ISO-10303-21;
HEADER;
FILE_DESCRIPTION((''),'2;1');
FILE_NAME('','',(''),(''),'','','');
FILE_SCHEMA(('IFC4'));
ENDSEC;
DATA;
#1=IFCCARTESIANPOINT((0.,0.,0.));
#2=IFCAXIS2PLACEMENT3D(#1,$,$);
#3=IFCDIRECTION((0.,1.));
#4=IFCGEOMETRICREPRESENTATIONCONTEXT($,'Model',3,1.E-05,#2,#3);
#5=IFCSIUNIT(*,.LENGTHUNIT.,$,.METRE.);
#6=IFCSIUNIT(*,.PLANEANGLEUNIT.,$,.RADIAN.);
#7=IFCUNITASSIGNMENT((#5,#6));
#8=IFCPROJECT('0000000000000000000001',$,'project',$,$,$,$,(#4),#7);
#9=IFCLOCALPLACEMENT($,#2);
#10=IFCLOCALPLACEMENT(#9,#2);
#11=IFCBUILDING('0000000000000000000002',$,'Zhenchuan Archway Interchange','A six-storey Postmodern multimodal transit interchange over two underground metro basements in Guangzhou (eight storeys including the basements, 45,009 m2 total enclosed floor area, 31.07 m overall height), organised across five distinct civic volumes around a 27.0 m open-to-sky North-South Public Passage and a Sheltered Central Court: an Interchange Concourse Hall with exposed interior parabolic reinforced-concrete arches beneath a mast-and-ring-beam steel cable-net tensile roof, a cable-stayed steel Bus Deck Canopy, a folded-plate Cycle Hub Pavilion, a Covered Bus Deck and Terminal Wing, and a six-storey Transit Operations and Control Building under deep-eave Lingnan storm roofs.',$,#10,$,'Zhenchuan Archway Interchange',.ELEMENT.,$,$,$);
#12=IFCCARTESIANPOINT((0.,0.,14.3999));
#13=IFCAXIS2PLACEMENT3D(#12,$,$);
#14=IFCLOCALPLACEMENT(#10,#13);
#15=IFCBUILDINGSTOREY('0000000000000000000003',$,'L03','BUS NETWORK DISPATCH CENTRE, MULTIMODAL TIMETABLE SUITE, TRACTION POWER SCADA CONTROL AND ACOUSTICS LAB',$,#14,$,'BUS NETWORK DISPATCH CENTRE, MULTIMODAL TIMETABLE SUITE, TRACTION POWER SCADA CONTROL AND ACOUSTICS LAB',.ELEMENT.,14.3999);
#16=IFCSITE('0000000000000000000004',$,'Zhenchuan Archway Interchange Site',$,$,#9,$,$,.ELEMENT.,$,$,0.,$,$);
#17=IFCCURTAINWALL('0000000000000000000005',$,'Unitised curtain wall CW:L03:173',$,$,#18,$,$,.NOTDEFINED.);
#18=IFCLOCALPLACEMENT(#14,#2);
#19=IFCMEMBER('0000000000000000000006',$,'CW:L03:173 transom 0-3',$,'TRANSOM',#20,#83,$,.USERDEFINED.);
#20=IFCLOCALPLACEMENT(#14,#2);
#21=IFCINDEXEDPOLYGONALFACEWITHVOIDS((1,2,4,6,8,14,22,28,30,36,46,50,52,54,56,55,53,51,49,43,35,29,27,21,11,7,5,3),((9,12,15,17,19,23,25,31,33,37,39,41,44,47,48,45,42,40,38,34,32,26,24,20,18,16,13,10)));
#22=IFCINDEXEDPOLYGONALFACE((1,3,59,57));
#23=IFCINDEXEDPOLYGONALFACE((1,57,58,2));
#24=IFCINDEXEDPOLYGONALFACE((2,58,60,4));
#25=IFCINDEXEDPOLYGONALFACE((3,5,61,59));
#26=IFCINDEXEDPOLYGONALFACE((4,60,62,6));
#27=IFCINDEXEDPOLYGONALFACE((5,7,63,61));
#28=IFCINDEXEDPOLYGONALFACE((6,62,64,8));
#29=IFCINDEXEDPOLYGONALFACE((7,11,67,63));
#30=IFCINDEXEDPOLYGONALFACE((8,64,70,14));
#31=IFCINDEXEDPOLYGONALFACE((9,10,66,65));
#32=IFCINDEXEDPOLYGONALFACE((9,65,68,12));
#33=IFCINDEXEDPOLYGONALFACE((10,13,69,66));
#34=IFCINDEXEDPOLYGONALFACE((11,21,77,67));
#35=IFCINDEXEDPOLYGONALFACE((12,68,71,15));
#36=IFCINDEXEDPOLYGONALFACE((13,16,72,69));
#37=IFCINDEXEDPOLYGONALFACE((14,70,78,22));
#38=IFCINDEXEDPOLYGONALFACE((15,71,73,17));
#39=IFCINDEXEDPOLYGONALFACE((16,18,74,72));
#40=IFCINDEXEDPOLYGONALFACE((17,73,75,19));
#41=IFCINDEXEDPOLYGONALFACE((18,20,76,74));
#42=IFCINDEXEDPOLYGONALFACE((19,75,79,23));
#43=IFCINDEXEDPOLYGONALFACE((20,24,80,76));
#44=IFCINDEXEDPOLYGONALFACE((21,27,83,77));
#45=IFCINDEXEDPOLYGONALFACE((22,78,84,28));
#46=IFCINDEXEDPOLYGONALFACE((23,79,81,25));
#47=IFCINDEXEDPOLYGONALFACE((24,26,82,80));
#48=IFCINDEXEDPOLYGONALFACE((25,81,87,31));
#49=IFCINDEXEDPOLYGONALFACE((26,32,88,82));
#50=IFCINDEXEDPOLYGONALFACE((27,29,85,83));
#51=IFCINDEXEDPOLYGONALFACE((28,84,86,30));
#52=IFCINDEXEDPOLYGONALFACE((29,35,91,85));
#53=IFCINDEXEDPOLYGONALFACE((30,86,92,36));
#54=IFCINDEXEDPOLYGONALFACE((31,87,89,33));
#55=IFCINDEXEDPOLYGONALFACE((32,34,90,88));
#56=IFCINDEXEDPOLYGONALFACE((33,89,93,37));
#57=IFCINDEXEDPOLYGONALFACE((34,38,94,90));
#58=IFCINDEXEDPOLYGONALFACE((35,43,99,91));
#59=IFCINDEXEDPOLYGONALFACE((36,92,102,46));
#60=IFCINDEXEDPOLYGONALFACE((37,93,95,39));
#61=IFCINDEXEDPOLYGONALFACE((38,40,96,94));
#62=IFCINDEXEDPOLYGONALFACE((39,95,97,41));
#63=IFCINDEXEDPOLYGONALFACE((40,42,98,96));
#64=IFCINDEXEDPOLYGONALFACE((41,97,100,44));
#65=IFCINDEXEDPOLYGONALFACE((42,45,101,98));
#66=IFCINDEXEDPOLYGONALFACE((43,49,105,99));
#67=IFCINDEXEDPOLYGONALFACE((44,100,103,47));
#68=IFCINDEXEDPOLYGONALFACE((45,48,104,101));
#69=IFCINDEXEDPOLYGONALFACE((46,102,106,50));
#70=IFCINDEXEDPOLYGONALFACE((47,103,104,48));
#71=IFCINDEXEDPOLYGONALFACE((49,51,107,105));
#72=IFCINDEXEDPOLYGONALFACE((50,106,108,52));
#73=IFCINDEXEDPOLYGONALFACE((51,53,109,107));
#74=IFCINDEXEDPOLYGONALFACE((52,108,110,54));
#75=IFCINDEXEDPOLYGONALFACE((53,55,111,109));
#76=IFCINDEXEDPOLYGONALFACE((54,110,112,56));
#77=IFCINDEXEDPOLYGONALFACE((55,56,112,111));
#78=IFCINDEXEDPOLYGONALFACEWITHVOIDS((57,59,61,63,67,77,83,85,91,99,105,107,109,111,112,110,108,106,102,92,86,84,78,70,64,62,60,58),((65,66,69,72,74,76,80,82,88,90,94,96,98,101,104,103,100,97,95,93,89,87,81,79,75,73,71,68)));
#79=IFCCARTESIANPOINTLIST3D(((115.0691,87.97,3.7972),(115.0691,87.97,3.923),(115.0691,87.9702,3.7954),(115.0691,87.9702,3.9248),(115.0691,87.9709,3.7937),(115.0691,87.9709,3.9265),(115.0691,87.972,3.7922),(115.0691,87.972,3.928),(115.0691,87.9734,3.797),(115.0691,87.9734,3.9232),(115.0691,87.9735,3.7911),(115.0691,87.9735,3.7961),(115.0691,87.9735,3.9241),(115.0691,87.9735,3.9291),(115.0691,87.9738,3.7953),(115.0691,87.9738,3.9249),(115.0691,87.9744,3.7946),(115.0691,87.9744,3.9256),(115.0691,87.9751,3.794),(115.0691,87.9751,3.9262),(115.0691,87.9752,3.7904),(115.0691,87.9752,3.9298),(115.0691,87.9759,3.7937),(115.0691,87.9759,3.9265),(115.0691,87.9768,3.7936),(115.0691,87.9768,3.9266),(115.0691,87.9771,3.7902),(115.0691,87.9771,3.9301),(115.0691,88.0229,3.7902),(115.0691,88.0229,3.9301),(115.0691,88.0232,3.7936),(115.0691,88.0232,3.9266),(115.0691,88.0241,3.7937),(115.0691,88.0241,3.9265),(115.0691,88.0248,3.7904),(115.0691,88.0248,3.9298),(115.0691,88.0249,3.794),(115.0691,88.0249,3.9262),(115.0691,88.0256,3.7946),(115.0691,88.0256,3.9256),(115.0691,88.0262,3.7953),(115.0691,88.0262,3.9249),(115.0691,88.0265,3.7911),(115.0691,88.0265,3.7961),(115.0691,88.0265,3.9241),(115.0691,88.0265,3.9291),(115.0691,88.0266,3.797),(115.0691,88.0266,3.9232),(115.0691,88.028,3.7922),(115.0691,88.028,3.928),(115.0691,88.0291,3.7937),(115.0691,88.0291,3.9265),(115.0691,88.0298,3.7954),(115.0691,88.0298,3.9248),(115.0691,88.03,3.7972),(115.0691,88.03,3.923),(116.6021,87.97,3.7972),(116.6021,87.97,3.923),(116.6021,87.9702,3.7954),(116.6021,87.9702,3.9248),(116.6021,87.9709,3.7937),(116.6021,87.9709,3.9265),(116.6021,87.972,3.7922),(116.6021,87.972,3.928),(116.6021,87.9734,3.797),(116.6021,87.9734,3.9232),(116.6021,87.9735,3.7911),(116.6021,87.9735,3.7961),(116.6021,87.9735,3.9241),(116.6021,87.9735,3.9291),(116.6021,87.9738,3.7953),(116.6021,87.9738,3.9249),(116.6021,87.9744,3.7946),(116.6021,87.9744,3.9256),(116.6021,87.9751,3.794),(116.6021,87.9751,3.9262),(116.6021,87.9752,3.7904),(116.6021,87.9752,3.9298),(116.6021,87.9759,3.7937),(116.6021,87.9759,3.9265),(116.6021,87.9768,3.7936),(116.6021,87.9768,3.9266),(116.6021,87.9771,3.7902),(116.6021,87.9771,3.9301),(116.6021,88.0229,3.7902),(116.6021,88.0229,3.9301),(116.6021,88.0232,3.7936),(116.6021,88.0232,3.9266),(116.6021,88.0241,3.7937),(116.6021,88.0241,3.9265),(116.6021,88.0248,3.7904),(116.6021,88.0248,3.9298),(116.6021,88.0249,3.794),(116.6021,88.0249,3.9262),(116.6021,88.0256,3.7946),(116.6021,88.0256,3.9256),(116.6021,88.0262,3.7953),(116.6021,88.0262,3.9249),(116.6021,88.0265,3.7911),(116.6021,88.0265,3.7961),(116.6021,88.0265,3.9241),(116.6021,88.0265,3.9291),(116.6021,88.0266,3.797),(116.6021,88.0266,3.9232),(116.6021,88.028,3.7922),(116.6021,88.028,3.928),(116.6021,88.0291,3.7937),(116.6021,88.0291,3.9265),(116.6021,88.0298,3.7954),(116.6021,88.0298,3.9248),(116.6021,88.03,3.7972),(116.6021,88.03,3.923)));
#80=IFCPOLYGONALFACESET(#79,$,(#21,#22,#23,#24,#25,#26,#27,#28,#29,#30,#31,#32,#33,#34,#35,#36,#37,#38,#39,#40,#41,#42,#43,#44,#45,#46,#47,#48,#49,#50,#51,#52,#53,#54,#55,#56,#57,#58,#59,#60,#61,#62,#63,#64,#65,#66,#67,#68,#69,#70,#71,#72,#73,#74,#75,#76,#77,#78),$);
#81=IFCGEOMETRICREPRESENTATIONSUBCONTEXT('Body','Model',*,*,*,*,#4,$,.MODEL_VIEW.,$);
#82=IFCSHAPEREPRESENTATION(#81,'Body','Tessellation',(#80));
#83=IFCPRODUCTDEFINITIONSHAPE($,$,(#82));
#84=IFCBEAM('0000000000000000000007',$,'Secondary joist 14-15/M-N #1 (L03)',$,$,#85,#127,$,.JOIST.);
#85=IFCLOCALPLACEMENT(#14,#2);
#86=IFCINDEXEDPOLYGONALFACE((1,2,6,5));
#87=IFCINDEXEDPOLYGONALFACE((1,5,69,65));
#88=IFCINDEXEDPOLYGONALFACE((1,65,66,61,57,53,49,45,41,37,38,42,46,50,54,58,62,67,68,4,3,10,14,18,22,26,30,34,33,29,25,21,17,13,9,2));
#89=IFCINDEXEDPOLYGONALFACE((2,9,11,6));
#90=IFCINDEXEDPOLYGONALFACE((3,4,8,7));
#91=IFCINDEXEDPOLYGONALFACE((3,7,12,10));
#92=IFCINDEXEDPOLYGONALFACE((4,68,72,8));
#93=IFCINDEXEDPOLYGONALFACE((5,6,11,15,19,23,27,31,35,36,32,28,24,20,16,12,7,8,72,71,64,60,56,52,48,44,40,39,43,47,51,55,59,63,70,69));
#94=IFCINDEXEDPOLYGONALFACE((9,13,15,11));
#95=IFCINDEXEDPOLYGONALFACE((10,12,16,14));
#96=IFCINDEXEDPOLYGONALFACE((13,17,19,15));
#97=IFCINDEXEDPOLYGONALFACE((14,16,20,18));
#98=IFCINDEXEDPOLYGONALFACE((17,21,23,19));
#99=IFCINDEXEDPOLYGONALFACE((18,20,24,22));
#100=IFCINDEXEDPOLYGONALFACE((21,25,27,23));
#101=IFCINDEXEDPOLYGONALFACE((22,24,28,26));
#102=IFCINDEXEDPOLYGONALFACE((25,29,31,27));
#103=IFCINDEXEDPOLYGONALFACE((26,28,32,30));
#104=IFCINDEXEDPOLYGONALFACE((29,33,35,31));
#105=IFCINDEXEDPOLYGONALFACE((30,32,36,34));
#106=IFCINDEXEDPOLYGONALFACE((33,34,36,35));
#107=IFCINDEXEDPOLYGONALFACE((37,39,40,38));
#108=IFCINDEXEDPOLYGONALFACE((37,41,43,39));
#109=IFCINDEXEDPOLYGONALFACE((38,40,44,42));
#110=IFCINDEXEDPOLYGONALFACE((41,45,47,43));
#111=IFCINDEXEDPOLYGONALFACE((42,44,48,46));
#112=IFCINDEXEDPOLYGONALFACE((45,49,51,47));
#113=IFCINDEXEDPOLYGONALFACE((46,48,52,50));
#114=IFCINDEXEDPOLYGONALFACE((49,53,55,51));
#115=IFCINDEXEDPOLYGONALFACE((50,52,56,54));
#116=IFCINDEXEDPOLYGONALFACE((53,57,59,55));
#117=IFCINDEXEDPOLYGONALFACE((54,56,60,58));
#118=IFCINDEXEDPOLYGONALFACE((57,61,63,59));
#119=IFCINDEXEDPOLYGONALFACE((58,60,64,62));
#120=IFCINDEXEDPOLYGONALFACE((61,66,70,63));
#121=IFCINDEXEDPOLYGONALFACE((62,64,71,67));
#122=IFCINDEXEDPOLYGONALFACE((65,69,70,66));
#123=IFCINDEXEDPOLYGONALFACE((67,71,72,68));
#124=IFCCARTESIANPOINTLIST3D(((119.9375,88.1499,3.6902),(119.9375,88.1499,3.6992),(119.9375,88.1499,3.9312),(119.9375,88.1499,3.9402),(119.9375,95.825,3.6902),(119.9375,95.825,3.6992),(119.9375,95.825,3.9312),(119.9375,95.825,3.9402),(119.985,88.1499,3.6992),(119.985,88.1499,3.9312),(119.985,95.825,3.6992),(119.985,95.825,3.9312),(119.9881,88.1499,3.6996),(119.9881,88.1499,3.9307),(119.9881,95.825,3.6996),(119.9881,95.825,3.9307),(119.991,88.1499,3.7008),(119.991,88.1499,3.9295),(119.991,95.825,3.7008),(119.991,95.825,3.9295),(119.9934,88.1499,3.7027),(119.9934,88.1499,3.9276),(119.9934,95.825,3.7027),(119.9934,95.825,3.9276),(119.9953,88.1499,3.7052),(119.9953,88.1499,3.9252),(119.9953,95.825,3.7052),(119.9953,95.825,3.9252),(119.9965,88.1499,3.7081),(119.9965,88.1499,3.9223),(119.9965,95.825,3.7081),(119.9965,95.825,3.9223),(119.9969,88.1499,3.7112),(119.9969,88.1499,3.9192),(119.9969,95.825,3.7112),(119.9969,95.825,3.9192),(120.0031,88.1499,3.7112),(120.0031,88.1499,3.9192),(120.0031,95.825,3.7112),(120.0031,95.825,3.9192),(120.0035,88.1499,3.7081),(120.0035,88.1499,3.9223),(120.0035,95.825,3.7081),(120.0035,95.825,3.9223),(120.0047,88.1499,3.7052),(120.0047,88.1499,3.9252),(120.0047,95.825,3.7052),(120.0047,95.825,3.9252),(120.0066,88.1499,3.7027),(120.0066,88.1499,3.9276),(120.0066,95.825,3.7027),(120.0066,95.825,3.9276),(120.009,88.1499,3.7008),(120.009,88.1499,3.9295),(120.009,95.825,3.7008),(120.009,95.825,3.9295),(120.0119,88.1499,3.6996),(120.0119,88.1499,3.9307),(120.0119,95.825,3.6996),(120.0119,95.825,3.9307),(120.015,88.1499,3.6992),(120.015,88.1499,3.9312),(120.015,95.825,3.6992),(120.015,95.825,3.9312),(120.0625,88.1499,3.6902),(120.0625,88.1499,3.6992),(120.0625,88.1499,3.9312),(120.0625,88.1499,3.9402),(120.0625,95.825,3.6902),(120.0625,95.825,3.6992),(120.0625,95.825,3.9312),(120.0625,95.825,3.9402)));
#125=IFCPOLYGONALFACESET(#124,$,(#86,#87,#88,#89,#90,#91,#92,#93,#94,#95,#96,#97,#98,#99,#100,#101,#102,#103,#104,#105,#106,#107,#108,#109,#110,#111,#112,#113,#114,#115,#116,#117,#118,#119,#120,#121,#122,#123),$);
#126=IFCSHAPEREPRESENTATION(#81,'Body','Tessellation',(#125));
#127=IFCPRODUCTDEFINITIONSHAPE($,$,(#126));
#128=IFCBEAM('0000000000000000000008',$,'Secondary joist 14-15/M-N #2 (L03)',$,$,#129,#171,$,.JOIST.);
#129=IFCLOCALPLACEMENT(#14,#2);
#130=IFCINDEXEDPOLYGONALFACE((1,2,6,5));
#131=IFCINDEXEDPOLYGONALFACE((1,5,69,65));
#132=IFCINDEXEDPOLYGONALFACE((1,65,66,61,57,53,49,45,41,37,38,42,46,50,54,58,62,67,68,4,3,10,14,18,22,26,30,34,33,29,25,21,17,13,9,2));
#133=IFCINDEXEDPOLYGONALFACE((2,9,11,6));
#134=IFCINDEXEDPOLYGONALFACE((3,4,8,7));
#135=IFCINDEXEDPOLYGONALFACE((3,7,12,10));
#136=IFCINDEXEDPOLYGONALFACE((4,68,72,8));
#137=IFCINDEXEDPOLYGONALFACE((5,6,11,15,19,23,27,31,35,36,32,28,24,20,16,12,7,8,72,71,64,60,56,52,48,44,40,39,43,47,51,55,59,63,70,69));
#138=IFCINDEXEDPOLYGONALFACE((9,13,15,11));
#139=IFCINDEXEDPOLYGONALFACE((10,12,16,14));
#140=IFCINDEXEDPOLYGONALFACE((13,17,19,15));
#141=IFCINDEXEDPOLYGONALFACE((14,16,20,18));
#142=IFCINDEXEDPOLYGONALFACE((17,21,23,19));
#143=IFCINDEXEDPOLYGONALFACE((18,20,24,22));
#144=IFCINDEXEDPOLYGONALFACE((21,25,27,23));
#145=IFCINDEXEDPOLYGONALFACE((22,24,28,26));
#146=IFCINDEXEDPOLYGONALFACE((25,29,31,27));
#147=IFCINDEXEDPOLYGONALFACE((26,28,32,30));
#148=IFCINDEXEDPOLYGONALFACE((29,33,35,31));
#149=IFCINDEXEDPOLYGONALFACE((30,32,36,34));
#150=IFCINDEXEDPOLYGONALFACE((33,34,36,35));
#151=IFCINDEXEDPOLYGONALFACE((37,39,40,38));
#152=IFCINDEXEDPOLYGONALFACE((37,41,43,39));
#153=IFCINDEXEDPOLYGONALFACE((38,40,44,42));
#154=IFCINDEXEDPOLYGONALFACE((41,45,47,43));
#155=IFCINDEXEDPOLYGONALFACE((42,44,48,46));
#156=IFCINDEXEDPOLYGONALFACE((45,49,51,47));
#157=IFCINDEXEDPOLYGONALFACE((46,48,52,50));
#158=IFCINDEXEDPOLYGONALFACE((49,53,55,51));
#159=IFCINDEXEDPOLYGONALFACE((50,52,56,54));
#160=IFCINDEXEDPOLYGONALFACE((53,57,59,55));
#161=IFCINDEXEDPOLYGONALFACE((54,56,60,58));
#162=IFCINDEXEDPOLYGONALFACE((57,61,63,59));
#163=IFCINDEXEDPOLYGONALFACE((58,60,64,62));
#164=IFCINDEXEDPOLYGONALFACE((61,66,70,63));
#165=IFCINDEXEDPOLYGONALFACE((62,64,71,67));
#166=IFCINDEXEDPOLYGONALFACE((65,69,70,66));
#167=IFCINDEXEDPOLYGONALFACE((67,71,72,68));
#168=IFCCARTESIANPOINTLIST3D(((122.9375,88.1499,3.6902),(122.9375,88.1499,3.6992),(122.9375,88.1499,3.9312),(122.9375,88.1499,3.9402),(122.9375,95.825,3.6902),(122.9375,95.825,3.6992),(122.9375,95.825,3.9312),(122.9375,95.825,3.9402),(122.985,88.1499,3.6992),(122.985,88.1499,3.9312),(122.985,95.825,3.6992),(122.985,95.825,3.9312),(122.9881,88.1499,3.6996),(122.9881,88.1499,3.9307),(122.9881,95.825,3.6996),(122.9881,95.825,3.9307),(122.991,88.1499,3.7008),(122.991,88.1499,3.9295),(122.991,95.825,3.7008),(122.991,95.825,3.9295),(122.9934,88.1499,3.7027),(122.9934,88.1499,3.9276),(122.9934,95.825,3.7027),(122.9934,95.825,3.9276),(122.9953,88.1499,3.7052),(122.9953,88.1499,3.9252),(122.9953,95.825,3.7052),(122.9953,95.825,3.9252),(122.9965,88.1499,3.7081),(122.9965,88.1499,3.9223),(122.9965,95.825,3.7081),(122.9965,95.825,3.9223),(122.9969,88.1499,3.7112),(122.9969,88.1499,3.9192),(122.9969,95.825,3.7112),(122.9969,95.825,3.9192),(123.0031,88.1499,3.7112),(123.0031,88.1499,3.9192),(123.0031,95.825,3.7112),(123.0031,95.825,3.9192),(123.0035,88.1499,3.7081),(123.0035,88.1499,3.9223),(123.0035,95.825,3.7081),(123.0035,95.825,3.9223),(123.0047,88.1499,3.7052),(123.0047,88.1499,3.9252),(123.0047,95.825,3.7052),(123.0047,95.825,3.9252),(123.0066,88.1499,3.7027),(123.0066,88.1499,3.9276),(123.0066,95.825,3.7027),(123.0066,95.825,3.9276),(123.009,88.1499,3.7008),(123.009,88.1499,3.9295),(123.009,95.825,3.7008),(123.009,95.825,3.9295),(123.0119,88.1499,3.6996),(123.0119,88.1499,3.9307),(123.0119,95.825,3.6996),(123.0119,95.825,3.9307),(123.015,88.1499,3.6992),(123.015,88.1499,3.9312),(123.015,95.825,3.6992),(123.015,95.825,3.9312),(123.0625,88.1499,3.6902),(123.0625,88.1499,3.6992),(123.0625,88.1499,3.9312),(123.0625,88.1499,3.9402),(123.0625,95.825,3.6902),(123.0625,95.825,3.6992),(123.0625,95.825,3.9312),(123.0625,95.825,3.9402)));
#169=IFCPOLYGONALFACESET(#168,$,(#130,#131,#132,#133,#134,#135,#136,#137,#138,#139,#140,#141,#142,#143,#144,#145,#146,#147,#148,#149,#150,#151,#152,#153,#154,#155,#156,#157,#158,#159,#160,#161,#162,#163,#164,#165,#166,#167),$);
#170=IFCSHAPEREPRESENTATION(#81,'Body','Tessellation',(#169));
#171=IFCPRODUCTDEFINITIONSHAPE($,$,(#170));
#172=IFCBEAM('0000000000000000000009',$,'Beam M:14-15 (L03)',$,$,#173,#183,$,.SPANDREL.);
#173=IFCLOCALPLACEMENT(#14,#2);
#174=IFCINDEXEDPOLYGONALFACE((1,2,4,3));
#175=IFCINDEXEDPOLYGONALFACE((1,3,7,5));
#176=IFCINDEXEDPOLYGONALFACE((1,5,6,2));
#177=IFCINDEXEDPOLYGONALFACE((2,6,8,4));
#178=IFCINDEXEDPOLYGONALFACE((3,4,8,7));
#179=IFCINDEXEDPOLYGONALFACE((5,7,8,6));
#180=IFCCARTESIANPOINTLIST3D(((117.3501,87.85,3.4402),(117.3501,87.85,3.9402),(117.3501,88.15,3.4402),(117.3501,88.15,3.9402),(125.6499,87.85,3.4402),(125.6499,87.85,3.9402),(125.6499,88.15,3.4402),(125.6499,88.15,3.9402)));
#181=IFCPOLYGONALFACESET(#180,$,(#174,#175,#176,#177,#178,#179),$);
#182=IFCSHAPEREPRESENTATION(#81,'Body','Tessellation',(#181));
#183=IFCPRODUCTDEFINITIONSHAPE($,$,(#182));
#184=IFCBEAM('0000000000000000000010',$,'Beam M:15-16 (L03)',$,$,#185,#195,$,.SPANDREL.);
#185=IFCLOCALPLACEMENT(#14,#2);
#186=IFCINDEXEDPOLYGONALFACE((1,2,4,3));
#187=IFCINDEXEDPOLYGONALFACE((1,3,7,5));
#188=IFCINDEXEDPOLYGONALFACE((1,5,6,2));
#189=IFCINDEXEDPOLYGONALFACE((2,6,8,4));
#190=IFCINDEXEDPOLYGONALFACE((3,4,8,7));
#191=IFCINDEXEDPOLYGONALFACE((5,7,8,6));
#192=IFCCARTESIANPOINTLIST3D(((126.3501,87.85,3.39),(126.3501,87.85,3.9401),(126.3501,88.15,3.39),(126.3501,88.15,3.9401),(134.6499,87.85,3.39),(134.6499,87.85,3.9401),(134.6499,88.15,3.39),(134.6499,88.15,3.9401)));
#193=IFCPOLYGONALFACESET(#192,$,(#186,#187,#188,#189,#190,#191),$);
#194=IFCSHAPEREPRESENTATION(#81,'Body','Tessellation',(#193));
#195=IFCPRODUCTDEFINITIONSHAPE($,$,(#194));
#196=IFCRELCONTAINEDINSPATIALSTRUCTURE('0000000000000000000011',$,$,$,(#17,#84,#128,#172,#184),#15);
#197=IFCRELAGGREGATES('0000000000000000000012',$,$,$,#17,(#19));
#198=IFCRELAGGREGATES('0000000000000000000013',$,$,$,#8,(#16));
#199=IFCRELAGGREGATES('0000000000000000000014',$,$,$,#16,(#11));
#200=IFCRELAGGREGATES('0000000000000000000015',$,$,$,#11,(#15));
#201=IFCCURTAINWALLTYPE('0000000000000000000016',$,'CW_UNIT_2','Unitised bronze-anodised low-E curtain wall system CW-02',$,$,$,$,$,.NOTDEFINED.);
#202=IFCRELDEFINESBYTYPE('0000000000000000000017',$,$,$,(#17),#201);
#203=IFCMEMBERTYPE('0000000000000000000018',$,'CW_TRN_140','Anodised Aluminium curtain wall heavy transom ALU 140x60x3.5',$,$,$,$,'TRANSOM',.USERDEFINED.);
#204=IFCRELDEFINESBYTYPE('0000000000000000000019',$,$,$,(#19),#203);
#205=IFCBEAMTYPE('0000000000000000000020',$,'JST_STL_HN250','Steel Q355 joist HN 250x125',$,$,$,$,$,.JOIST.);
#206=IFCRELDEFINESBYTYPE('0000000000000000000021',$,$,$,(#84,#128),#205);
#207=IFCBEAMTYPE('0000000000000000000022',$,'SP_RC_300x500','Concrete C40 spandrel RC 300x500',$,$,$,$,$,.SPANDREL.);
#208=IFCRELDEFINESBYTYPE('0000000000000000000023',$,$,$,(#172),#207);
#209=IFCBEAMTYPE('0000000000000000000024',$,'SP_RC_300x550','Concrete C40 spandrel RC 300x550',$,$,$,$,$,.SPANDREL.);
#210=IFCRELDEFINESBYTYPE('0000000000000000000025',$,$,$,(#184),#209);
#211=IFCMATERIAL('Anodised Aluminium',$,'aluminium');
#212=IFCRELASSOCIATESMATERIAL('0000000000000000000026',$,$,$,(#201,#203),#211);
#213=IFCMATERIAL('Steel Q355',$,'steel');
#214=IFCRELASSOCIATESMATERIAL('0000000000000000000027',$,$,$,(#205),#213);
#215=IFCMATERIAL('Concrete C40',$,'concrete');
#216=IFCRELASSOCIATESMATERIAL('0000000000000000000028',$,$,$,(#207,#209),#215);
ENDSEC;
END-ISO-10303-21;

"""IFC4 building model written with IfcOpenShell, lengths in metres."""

from ifc_helpers import new_model, si_unit, direction, frame, origin, origin_2d, place, context, subcontext, project, spatial, rectangle, hollow_rectangle, i_section, extrude, material, material_profile, profile_set, type_object, element, aggregate, save


model = new_model("IFC4")

# Units and contexts
model_context = context("Model", 3, precision=1e-05, world=origin(), true_north=direction((0.0, 1.0)))
body_context = subcontext(model_context, "Body", "Model", "MODEL_VIEW")
ifc_project = project(units=[si_unit("LENGTHUNIT", "METRE"), si_unit("PLANEANGLEUNIT", "RADIAN")], contexts=[model_context])

# Site, building, storey
site_placement = place(None, origin())
site = spatial("IfcSite", under=ifc_project, at=site_placement, Name="Zhenchuan Archway Interchange Site", CompositionType="ELEMENT", RefElevation=0.0)
building_placement = place(site_placement, origin())
building = spatial("IfcBuilding", under=site, at=building_placement, Name="Zhenchuan Archway Interchange", Description="A six-storey Postmodern multimodal transit interchange over two underground metro basements in Guangzhou (eight storeys including the basements, 45,009 m2 total enclosed floor area, 31.07 m overall height), organised across five distinct civic volumes around a 27.0 m open-to-sky North-South Public Passage and a Sheltered Central Court: an Interchange Concourse Hall with exposed interior parabolic reinforced-concrete arches beneath a mast-and-ring-beam steel cable-net tensile roof, a cable-stayed steel Bus Deck Canopy, a folded-plate Cycle Hub Pavilion, a Covered Bus Deck and Terminal Wing, and a six-storey Transit Operations and Control Building under deep-eave Lingnan storm roofs.", LongName="Zhenchuan Archway Interchange", CompositionType="ELEMENT")
storey_placement = place(building_placement, frame((0.0, 0.0, 14.3999)))
storey = spatial("IfcBuildingStorey", under=building, at=storey_placement, Name="L03", Description="BUS NETWORK DISPATCH CENTRE, MULTIMODAL TIMETABLE SUITE, TRACTION POWER SCADA CONTROL AND ACOUSTICS LAB", LongName="BUS NETWORK DISPATCH CENTRE, MULTIMODAL TIMETABLE SUITE, TRACTION POWER SCADA CONTROL AND ACOUSTICS LAB", CompositionType="ELEMENT", Elevation=14.3999)

# Shared definitions
ifc_material_1 = material(Name="Concrete C40", Category="concrete")

# Shared definitions
ifc_material_2 = material(Name="Anodised Aluminium", Category="aluminium")

# Curtain wall
curtain_wall_type_1 = type_object("IfcCurtainWallType", Name="CW_UNIT_2", Description="Unitised bronze-anodised low-E curtain wall system CW-02", PredefinedType="NOTDEFINED", material=ifc_material_2)
curtain_wall_1_placement = place(storey_placement, origin())
curtain_wall_1 = element("IfcCurtainWall", 1, at=curtain_wall_1_placement, inside=storey, type_object=curtain_wall_type_1, Name="Unitised curtain wall CW:L03:173", PredefinedType="NOTDEFINED")

# Member
ifc_material_profile_1 = material_profile(ifc_material_2, hollow_rectangle(XDim=0.0601, YDim=0.1399, WallThickness=0.0034, InnerFilletRadius=0.0034, OuterFilletRadius=0.0071, at=origin_2d()), Name="ALU 140x60x3.5")
ifc_profile_set_1 = profile_set([ifc_material_profile_1], Name="Anodised Aluminium")
member_type_1 = type_object("IfcMemberType", Name="CW_TRN_140", Description="Anodised Aluminium curtain wall heavy transom ALU 140x60x3.5", ElementType="TRANSOM", PredefinedType="USERDEFINED", material=ifc_profile_set_1)
member_1_placement = place(storey_placement, frame((116.6021, 88.0, 3.8601), z_axis=(-1.0, 0.0, 0.0), x_axis=(0.0, -1.0, 0.0)))
member_1 = element("IfcMember", 2, at=member_1_placement, type_object=member_type_1, Name="CW:L03:173 transom 0-3", ObjectType="TRANSOM", PredefinedType="USERDEFINED", context=body_context, shape_type="SweptSolid", body=[
    extrude(hollow_rectangle(XDim=0.0601, YDim=0.1399, WallThickness=0.0034, InnerFilletRadius=0.0034, OuterFilletRadius=0.0071, at=origin_2d()), origin(), (0.0, 0.0, 1.0), 1.533),
])
aggregate(curtain_wall_1, [member_1])

# Beams
ifc_material_3 = material(Name="Steel Q355", Category="steel")
ifc_material_profile_2 = material_profile(ifc_material_3, i_section(OverallWidth=0.125, OverallDepth=0.25, WebThickness=0.0061, FlangeThickness=0.009, FilletRadius=0.012, at=origin_2d()), Name="HN 250x125")
ifc_profile_set_2 = profile_set([ifc_material_profile_2], Name="Steel Q355")
beam_type_1 = type_object("IfcBeamType", Name="JST_STL_HN250", Description="Steel Q355 joist HN 250x125", PredefinedType="JOIST", material=ifc_profile_set_2)
for number, where, z_axis, x_axis, name in (
    (3, (120.0, 88.1499, 3.8152), (0.0, 1.0, 0.0), (-1.0, 0.0, 0.0), "Secondary joist 14-15/M-N #1 (L03)"),
    (4, (123.0, 88.1499, 3.8152), (0.0, 1.0, 0.0), (-1.0, 0.0, 0.0), "Secondary joist 14-15/M-N #2 (L03)"),
):
    element("IfcBeam", number, at=place(storey_placement, frame(where, z_axis=z_axis, x_axis=x_axis)), inside=storey, type_object=beam_type_1, Name=name, PredefinedType="JOIST", context=body_context, shape_type="SweptSolid", body=[
        extrude(i_section(OverallWidth=0.125, OverallDepth=0.25, WebThickness=0.0061, FlangeThickness=0.009, FilletRadius=0.012, at=origin_2d()), origin(), (0.0, 0.0, 1.0), 7.675),
    ])
ifc_material_profile_3 = material_profile(ifc_material_1, rectangle(XDim=0.3, YDim=0.5, at=origin_2d()), Name="RC 300x500")
ifc_profile_set_3 = profile_set([ifc_material_profile_3], Name="Concrete C40")
beam_type_2 = type_object("IfcBeamType", Name="SP_RC_300x500", Description="Concrete C40 spandrel RC 300x500", PredefinedType="SPANDREL", material=ifc_profile_set_3)
beam_1_placement = place(storey_placement, frame((117.3501, 88.0, 3.6902), z_axis=(1.0, 0.0, 0.0), x_axis=(0.0, 1.0, 0.0)))
element("IfcBeam", 5, at=beam_1_placement, inside=storey, type_object=beam_type_2, Name="Beam M:14-15 (L03)", PredefinedType="SPANDREL", context=body_context, shape_type="SweptSolid", body=[
    extrude(rectangle(XDim=0.3, YDim=0.5, at=origin_2d()), origin(), (0.0, 0.0, 1.0), 8.2998),
])
ifc_material_profile_4 = material_profile(ifc_material_1, rectangle(XDim=0.3, YDim=0.55, at=origin_2d()), Name="RC 300x550")
ifc_profile_set_4 = profile_set([ifc_material_profile_4], Name="Concrete C40")
beam_type_3 = type_object("IfcBeamType", Name="SP_RC_300x550", Description="Concrete C40 spandrel RC 300x550", PredefinedType="SPANDREL", material=ifc_profile_set_4)
beam_2_placement = place(storey_placement, frame((126.3501, 88.0, 3.665), z_axis=(1.0, 0.0, 0.0), x_axis=(0.0, 1.0, 0.0)))
element("IfcBeam", 6, at=beam_2_placement, inside=storey, type_object=beam_type_3, Name="Beam M:15-16 (L03)", PredefinedType="SPANDREL", context=body_context, shape_type="SweptSolid", body=[
    extrude(rectangle(XDim=0.3, YDim=0.55, at=origin_2d()), origin(), (0.0, 0.0, 1.0), 8.2998),
])

save(model, "model.ifc")
